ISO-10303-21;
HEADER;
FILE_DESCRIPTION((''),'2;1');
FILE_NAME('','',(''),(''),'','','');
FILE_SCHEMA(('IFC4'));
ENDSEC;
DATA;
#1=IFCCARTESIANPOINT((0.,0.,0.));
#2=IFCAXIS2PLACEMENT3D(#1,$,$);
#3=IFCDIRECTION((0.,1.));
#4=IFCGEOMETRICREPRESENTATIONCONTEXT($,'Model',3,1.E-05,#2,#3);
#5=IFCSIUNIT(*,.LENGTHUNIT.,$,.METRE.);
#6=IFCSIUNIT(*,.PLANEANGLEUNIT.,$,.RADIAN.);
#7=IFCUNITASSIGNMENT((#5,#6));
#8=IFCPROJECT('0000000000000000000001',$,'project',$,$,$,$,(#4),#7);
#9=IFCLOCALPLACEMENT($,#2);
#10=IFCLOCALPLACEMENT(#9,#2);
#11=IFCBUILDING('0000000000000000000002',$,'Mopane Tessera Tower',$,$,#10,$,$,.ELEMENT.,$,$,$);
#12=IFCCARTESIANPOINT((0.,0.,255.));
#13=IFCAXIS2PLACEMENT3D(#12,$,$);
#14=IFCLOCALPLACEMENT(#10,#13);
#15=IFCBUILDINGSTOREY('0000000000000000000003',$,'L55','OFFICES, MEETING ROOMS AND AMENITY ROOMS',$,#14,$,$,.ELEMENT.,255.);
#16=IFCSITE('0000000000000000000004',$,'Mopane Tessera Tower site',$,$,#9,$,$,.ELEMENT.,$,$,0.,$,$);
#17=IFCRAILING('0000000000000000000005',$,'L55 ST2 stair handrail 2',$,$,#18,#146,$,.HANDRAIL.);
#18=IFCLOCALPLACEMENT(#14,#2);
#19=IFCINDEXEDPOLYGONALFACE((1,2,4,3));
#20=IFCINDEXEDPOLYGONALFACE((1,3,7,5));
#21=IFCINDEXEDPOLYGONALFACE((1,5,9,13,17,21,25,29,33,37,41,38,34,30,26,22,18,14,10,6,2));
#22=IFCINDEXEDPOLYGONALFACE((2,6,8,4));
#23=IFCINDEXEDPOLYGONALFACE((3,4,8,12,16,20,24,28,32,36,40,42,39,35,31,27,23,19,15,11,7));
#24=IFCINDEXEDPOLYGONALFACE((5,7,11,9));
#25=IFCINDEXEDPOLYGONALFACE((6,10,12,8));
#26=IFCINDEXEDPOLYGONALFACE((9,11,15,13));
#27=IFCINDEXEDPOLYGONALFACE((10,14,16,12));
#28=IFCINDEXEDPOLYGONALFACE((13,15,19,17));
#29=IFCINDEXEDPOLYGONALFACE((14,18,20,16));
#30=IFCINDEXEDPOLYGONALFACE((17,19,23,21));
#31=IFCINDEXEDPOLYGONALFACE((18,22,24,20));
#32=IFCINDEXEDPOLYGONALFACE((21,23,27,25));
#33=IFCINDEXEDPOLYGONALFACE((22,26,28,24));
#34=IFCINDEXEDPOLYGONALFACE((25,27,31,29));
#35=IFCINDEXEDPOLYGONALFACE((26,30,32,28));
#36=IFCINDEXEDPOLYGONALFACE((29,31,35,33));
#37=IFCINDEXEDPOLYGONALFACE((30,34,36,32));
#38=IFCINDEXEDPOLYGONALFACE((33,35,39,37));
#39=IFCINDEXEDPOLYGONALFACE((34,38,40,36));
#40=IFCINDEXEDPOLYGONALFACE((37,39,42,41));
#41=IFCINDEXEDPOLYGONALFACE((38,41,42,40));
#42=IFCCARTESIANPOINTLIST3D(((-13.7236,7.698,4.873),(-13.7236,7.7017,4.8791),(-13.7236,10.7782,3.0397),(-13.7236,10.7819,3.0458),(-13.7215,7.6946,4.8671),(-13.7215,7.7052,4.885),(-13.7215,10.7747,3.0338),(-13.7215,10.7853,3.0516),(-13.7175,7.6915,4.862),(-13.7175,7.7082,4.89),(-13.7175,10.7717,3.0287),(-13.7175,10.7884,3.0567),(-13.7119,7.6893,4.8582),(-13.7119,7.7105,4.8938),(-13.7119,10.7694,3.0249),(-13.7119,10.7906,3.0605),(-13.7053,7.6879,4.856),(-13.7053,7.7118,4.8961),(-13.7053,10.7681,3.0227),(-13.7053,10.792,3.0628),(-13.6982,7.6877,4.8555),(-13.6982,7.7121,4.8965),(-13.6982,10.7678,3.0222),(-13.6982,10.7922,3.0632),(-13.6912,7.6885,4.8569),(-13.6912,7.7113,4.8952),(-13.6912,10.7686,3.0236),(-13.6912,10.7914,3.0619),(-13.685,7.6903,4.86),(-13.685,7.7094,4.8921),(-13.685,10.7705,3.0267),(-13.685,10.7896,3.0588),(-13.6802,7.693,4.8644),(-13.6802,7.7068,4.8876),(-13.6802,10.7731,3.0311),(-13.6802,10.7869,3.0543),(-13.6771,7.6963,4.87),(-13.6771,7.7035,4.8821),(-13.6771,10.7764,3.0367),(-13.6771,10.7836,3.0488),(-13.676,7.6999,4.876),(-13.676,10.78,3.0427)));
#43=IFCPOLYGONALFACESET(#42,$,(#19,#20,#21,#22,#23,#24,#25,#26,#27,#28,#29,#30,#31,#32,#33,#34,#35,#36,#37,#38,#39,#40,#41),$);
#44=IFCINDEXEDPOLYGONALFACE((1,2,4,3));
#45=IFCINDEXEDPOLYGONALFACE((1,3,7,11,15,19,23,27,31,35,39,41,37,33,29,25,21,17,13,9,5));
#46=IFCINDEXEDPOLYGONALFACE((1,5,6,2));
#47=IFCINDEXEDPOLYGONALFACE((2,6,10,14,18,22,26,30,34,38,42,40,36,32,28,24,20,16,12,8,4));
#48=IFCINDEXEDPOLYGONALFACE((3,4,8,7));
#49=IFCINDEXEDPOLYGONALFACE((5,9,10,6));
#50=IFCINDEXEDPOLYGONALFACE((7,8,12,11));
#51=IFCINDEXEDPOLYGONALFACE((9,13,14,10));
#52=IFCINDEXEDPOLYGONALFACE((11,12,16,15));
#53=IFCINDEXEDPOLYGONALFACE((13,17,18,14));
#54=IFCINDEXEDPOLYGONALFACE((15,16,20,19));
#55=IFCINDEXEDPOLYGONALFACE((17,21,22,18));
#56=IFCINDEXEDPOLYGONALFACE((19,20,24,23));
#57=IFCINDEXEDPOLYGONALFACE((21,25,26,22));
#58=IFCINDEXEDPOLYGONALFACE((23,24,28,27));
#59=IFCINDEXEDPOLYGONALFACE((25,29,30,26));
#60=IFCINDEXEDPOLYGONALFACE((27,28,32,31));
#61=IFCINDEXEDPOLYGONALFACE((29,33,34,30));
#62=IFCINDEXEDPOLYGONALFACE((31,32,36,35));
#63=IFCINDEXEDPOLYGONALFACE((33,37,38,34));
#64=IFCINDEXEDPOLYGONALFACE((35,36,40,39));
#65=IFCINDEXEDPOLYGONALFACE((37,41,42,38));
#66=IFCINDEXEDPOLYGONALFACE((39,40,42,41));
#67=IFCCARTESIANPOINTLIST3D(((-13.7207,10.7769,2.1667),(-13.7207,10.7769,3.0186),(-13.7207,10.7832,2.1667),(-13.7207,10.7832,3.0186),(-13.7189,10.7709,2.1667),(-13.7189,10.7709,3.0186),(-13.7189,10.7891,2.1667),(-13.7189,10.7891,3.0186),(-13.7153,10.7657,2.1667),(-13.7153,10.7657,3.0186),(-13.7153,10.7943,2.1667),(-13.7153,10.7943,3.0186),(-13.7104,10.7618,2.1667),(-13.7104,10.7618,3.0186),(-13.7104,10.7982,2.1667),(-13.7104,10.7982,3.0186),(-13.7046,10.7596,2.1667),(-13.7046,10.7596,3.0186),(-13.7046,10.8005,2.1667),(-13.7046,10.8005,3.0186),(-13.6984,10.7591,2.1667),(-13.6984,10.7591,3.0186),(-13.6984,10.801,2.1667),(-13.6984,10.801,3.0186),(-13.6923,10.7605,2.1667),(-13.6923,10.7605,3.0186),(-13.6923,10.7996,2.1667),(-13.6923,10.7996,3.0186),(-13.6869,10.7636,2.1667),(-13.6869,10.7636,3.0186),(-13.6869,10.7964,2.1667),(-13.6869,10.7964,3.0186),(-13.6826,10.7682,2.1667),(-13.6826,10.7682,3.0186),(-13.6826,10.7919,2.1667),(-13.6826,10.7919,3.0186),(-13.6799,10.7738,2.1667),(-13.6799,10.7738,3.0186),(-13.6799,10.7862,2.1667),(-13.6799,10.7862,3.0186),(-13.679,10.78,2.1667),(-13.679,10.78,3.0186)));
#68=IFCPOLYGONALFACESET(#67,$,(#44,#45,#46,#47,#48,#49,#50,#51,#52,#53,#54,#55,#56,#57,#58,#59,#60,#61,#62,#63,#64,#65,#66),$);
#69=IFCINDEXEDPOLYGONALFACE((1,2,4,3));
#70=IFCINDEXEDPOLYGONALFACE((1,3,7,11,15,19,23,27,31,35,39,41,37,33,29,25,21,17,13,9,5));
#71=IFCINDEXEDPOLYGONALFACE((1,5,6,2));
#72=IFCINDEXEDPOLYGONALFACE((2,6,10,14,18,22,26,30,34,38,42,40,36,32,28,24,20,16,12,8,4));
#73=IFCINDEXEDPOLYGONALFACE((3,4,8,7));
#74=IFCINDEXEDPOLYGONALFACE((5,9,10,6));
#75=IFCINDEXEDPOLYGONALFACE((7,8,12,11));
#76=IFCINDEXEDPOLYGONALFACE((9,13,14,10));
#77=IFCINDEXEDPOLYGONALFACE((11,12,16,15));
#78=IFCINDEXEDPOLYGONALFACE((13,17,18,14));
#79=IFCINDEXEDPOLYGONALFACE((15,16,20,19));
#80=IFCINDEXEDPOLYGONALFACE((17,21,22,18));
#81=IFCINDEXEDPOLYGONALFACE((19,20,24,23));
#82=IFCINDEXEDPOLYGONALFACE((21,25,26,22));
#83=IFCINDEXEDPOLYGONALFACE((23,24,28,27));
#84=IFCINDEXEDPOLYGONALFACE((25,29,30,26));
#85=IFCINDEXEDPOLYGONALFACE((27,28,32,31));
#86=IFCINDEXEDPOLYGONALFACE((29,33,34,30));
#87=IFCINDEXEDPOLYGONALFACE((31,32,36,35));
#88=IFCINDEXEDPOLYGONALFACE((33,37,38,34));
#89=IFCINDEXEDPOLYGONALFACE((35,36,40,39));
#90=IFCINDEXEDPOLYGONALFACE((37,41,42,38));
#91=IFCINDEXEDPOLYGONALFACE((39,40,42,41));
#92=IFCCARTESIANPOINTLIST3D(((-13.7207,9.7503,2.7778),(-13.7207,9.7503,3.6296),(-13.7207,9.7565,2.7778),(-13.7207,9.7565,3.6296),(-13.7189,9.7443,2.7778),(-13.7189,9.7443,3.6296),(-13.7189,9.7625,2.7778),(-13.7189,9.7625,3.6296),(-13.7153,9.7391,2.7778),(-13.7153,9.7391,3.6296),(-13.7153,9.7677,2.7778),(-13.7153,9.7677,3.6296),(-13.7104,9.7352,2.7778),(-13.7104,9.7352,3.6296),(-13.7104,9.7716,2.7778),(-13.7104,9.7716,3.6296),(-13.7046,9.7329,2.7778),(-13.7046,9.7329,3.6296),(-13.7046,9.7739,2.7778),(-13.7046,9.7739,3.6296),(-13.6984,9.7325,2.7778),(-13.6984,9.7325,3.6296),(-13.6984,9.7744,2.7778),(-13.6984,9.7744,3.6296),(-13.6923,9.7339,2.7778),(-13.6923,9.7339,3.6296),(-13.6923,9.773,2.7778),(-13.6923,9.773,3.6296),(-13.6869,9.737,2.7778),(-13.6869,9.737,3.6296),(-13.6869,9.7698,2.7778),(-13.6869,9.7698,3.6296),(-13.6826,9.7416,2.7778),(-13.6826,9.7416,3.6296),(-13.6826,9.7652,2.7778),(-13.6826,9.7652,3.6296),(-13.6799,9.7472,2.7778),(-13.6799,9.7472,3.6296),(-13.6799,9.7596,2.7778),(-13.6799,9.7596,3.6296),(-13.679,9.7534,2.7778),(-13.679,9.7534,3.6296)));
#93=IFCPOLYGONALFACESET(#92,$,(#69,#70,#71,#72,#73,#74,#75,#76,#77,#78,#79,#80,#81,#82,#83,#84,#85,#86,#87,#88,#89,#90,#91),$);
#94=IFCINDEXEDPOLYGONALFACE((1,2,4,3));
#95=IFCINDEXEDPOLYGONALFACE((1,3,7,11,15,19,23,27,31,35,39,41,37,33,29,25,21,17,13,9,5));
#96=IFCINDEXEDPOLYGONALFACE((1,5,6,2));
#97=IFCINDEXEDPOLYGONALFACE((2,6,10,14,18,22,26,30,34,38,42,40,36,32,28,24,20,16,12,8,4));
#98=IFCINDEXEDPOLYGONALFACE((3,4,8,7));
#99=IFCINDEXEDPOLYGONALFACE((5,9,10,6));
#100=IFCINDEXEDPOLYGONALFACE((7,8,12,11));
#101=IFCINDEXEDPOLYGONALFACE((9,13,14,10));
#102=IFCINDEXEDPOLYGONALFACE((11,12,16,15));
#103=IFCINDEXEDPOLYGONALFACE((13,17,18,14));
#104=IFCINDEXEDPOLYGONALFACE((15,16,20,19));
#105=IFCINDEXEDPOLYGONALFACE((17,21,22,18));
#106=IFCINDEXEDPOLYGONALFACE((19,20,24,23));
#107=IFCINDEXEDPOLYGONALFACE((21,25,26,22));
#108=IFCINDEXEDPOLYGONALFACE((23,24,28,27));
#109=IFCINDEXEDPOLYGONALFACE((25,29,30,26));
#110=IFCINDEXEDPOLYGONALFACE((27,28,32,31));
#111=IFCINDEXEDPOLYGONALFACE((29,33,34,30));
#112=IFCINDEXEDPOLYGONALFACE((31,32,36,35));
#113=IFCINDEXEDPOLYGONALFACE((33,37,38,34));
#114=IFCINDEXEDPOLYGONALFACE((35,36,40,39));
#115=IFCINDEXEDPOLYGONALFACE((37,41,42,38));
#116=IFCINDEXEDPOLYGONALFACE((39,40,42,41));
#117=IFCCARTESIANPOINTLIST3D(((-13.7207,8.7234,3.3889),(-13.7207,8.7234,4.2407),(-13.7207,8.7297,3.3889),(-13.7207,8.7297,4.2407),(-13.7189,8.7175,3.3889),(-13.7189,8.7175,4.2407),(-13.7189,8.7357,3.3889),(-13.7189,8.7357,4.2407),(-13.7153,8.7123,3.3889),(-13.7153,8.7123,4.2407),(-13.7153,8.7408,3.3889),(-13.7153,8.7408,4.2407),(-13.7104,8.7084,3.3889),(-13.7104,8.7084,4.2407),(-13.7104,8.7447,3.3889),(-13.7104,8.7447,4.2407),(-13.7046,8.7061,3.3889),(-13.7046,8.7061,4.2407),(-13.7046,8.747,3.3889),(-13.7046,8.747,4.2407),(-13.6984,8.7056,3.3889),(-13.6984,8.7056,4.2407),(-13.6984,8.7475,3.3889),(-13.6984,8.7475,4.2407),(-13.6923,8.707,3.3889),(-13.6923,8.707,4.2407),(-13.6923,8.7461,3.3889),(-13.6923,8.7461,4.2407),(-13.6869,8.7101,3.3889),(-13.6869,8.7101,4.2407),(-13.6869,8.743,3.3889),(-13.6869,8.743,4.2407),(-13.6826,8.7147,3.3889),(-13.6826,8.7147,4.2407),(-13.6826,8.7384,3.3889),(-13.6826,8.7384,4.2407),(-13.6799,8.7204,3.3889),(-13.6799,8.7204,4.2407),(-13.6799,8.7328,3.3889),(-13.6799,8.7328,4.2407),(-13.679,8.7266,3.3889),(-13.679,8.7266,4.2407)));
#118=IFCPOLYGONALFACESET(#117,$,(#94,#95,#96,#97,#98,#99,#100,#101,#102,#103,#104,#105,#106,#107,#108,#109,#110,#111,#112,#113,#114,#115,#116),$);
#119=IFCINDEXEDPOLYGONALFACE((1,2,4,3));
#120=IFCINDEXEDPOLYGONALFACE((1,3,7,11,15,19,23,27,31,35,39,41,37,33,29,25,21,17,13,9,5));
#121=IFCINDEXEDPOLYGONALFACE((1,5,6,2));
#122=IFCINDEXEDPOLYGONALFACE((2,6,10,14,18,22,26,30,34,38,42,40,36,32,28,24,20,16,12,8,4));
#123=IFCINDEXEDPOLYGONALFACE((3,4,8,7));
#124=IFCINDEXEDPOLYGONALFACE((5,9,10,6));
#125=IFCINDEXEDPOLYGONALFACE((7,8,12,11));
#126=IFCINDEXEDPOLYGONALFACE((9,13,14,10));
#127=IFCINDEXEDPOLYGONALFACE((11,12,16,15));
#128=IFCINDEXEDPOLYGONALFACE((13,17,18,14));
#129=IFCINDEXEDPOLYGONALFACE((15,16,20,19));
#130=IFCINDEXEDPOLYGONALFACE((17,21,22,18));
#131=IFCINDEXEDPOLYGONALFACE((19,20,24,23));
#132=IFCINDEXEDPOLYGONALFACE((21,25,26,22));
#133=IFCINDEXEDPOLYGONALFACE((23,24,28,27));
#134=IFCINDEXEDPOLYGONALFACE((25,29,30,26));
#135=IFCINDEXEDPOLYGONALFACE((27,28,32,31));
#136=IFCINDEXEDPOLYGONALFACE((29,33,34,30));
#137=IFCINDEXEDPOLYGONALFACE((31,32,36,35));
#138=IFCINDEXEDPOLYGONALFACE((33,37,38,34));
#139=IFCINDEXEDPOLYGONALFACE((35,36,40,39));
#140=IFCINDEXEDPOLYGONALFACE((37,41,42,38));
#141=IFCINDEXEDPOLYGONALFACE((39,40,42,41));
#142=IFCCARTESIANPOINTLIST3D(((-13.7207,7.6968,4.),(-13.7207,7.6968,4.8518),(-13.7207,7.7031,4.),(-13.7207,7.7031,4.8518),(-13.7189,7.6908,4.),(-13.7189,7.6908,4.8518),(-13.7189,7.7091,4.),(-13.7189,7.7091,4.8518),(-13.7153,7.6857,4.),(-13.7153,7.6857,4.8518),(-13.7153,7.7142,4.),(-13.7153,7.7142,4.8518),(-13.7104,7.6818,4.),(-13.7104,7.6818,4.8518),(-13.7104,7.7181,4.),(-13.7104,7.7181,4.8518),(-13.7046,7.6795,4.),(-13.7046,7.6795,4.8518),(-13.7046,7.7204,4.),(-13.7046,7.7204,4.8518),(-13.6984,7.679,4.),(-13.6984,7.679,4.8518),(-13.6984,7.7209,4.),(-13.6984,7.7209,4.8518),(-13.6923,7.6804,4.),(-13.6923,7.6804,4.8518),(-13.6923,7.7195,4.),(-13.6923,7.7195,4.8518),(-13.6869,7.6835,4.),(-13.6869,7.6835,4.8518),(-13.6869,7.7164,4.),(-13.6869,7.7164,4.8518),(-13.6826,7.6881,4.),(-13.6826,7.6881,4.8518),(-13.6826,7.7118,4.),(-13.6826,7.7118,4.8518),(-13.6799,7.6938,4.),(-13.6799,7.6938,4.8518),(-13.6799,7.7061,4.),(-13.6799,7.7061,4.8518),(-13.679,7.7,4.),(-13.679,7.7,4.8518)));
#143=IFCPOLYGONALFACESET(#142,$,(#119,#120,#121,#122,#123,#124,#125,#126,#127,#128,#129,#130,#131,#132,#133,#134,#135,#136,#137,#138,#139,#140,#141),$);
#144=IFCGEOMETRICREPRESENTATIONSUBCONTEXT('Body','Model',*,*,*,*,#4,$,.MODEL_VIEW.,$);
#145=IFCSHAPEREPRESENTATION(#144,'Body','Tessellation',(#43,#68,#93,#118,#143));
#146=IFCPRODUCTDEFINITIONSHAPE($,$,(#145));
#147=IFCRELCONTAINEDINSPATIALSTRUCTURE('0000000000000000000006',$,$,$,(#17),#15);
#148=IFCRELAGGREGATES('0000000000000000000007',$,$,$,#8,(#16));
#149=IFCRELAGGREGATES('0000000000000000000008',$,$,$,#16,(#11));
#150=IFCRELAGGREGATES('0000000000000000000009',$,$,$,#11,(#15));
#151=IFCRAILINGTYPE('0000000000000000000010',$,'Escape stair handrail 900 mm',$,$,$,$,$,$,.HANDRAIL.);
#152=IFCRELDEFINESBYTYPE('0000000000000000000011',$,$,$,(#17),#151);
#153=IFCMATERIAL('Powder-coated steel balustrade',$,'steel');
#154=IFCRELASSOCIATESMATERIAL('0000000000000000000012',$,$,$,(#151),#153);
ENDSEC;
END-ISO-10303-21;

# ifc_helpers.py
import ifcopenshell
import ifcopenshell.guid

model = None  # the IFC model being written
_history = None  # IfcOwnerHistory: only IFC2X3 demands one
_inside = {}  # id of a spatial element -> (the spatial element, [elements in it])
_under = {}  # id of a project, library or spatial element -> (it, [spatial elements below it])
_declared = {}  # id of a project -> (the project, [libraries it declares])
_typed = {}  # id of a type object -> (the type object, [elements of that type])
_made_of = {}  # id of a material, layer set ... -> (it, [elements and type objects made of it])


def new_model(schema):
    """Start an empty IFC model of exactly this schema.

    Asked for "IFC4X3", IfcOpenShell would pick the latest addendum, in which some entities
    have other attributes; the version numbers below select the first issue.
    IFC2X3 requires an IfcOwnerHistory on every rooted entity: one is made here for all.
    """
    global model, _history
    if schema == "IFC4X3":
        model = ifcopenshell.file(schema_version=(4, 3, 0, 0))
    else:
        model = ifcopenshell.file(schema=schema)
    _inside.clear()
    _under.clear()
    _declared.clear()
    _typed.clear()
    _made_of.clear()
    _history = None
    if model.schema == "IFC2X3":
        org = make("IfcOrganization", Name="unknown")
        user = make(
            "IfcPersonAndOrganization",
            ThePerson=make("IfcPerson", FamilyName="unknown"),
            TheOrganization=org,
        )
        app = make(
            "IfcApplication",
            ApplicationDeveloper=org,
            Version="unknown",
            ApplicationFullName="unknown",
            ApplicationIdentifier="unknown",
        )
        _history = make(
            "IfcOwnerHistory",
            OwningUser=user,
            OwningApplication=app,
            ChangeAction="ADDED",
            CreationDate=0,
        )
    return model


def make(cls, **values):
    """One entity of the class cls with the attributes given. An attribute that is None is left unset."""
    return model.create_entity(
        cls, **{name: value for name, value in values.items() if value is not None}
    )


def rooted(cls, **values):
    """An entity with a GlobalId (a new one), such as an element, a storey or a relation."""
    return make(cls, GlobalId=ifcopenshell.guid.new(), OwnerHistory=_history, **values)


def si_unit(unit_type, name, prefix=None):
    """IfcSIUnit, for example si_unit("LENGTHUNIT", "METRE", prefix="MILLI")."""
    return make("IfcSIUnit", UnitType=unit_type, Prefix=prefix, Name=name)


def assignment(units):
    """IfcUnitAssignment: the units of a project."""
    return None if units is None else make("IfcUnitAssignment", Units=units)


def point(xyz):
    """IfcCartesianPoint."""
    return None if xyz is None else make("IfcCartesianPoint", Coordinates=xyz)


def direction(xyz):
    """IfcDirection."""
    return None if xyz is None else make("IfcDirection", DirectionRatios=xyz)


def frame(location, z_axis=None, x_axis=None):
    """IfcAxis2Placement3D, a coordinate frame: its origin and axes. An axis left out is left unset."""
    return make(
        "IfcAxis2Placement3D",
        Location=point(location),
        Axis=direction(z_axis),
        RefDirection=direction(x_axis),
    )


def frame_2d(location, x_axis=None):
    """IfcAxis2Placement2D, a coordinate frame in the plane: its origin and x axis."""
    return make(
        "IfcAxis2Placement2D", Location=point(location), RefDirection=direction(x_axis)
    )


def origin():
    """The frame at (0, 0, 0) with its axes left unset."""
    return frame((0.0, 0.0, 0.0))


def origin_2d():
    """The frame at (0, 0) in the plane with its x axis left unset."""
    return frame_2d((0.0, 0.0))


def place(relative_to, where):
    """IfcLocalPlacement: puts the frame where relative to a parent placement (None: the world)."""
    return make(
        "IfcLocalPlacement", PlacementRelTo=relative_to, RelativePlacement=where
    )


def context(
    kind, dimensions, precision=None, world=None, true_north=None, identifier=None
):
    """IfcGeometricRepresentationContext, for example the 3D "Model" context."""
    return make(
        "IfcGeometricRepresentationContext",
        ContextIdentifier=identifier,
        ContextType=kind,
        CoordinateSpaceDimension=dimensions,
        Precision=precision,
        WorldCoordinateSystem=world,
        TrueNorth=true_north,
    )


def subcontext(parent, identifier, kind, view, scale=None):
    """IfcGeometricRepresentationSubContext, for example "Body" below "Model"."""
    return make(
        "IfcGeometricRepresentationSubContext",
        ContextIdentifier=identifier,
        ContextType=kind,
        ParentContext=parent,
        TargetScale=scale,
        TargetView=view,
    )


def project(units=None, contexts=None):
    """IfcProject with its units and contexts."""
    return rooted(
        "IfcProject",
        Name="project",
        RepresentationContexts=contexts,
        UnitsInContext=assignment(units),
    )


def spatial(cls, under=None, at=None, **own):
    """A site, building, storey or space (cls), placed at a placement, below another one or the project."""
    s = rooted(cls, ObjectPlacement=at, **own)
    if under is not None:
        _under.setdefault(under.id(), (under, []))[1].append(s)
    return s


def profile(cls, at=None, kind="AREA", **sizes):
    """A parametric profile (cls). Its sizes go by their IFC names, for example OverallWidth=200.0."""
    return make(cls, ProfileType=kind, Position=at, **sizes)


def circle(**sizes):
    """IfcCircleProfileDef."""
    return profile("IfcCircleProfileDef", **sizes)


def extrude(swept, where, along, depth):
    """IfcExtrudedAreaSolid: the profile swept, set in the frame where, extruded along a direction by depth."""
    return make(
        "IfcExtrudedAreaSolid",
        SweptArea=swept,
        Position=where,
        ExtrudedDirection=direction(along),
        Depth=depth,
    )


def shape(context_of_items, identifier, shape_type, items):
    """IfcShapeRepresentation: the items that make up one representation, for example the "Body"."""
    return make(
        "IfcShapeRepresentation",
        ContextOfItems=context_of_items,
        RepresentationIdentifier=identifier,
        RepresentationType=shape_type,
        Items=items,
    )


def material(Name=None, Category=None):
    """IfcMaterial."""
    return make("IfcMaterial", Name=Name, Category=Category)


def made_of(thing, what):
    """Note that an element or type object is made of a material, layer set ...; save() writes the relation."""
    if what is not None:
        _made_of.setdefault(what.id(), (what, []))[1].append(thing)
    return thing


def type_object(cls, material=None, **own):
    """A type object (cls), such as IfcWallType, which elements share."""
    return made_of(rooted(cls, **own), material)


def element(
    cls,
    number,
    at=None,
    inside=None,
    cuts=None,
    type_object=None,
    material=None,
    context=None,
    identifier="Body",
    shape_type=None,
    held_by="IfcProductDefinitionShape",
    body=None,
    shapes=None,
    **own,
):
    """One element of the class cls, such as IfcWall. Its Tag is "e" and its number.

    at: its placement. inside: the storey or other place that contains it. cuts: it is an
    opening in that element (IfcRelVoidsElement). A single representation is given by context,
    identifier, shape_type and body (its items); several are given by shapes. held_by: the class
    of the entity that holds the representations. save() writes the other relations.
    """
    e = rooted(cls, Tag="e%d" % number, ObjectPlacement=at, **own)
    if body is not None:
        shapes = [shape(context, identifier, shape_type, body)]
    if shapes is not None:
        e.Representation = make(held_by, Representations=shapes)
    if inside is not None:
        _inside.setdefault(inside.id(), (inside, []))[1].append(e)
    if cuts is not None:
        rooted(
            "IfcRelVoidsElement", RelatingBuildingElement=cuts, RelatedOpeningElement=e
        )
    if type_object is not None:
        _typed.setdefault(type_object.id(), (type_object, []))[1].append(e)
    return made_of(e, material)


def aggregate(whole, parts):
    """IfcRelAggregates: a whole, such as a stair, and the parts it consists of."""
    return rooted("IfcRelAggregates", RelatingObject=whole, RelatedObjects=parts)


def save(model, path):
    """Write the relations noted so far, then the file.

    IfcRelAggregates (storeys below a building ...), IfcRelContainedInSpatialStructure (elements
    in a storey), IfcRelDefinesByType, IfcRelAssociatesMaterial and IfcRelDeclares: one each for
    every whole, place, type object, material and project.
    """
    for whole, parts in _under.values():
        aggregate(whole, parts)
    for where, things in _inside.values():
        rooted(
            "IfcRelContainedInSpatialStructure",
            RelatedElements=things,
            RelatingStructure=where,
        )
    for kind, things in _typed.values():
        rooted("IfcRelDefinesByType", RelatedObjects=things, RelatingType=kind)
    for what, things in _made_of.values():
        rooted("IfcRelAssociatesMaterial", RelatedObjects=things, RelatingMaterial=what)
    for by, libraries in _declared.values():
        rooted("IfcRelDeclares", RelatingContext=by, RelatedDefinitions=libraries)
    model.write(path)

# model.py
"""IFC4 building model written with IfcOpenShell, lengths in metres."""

from ifc_helpers import new_model, si_unit, direction, frame, origin, origin_2d, place, context, subcontext, project, spatial, circle, extrude, material, type_object, element, save


model = new_model("IFC4")

# Units and contexts
model_context = context("Model", 3, precision=1e-05, world=origin(), true_north=direction((0.0, 1.0)))
body_context = subcontext(model_context, "Body", "Model", "MODEL_VIEW")
ifc_project = project(units=[si_unit("LENGTHUNIT", "METRE"), si_unit("PLANEANGLEUNIT", "RADIAN")], contexts=[model_context])

# Site, building, storey
site_placement = place(None, origin())
site = spatial("IfcSite", under=ifc_project, at=site_placement, Name="Mopane Tessera Tower site", CompositionType="ELEMENT", RefElevation=0.0)
building_placement = place(site_placement, origin())
building = spatial("IfcBuilding", under=site, at=building_placement, Name="Mopane Tessera Tower", CompositionType="ELEMENT")
storey_placement = place(building_placement, frame((0.0, 0.0, 255.0)))
storey = spatial("IfcBuildingStorey", under=building, at=storey_placement, Name="L55", Description="OFFICES, MEETING ROOMS AND AMENITY ROOMS", CompositionType="ELEMENT", Elevation=255.0)

# Railing
ifc_material_1 = material(Name="Powder-coated steel balustrade", Category="steel")
railing_type_1 = type_object("IfcRailingType", Name="Escape stair handrail 900 mm", PredefinedType="HANDRAIL", material=ifc_material_1)
railing_1_placement = place(storey_placement, frame((-13.7, 10.78, 2.1667)))
element("IfcRailing", 1, at=railing_1_placement, inside=storey, type_object=railing_type_1, Name="L55 ST2 stair handrail 2", PredefinedType="HANDRAIL", context=body_context, shape_type="SweptSolid", body=[
    extrude(circle(Radius=0.0239, at=origin_2d()), frame((0.0, 0.0, 0.876), z_axis=(0.0, -0.859309, 0.511458), x_axis=(1.0, 0.0, 0.0)), (0.0, 0.0, 1.0), 3.5845),
    extrude(circle(Radius=0.021, at=origin_2d()), origin(), (0.0, 0.0, 1.0), 0.8518),
    extrude(circle(Radius=0.021, at=origin_2d()), frame((0.0, -1.0266, 0.6111)), (0.0, 0.0, 1.0), 0.8518),
    extrude(circle(Radius=0.021, at=origin_2d()), frame((0.0, -2.0535, 1.2222)), (0.0, 0.0, 1.0), 0.8518),
    extrude(circle(Radius=0.021, at=origin_2d()), frame((0.0, -3.0801, 1.8333)), (0.0, 0.0, 1.0), 0.8518),
])

save(model, "model.ifc")
